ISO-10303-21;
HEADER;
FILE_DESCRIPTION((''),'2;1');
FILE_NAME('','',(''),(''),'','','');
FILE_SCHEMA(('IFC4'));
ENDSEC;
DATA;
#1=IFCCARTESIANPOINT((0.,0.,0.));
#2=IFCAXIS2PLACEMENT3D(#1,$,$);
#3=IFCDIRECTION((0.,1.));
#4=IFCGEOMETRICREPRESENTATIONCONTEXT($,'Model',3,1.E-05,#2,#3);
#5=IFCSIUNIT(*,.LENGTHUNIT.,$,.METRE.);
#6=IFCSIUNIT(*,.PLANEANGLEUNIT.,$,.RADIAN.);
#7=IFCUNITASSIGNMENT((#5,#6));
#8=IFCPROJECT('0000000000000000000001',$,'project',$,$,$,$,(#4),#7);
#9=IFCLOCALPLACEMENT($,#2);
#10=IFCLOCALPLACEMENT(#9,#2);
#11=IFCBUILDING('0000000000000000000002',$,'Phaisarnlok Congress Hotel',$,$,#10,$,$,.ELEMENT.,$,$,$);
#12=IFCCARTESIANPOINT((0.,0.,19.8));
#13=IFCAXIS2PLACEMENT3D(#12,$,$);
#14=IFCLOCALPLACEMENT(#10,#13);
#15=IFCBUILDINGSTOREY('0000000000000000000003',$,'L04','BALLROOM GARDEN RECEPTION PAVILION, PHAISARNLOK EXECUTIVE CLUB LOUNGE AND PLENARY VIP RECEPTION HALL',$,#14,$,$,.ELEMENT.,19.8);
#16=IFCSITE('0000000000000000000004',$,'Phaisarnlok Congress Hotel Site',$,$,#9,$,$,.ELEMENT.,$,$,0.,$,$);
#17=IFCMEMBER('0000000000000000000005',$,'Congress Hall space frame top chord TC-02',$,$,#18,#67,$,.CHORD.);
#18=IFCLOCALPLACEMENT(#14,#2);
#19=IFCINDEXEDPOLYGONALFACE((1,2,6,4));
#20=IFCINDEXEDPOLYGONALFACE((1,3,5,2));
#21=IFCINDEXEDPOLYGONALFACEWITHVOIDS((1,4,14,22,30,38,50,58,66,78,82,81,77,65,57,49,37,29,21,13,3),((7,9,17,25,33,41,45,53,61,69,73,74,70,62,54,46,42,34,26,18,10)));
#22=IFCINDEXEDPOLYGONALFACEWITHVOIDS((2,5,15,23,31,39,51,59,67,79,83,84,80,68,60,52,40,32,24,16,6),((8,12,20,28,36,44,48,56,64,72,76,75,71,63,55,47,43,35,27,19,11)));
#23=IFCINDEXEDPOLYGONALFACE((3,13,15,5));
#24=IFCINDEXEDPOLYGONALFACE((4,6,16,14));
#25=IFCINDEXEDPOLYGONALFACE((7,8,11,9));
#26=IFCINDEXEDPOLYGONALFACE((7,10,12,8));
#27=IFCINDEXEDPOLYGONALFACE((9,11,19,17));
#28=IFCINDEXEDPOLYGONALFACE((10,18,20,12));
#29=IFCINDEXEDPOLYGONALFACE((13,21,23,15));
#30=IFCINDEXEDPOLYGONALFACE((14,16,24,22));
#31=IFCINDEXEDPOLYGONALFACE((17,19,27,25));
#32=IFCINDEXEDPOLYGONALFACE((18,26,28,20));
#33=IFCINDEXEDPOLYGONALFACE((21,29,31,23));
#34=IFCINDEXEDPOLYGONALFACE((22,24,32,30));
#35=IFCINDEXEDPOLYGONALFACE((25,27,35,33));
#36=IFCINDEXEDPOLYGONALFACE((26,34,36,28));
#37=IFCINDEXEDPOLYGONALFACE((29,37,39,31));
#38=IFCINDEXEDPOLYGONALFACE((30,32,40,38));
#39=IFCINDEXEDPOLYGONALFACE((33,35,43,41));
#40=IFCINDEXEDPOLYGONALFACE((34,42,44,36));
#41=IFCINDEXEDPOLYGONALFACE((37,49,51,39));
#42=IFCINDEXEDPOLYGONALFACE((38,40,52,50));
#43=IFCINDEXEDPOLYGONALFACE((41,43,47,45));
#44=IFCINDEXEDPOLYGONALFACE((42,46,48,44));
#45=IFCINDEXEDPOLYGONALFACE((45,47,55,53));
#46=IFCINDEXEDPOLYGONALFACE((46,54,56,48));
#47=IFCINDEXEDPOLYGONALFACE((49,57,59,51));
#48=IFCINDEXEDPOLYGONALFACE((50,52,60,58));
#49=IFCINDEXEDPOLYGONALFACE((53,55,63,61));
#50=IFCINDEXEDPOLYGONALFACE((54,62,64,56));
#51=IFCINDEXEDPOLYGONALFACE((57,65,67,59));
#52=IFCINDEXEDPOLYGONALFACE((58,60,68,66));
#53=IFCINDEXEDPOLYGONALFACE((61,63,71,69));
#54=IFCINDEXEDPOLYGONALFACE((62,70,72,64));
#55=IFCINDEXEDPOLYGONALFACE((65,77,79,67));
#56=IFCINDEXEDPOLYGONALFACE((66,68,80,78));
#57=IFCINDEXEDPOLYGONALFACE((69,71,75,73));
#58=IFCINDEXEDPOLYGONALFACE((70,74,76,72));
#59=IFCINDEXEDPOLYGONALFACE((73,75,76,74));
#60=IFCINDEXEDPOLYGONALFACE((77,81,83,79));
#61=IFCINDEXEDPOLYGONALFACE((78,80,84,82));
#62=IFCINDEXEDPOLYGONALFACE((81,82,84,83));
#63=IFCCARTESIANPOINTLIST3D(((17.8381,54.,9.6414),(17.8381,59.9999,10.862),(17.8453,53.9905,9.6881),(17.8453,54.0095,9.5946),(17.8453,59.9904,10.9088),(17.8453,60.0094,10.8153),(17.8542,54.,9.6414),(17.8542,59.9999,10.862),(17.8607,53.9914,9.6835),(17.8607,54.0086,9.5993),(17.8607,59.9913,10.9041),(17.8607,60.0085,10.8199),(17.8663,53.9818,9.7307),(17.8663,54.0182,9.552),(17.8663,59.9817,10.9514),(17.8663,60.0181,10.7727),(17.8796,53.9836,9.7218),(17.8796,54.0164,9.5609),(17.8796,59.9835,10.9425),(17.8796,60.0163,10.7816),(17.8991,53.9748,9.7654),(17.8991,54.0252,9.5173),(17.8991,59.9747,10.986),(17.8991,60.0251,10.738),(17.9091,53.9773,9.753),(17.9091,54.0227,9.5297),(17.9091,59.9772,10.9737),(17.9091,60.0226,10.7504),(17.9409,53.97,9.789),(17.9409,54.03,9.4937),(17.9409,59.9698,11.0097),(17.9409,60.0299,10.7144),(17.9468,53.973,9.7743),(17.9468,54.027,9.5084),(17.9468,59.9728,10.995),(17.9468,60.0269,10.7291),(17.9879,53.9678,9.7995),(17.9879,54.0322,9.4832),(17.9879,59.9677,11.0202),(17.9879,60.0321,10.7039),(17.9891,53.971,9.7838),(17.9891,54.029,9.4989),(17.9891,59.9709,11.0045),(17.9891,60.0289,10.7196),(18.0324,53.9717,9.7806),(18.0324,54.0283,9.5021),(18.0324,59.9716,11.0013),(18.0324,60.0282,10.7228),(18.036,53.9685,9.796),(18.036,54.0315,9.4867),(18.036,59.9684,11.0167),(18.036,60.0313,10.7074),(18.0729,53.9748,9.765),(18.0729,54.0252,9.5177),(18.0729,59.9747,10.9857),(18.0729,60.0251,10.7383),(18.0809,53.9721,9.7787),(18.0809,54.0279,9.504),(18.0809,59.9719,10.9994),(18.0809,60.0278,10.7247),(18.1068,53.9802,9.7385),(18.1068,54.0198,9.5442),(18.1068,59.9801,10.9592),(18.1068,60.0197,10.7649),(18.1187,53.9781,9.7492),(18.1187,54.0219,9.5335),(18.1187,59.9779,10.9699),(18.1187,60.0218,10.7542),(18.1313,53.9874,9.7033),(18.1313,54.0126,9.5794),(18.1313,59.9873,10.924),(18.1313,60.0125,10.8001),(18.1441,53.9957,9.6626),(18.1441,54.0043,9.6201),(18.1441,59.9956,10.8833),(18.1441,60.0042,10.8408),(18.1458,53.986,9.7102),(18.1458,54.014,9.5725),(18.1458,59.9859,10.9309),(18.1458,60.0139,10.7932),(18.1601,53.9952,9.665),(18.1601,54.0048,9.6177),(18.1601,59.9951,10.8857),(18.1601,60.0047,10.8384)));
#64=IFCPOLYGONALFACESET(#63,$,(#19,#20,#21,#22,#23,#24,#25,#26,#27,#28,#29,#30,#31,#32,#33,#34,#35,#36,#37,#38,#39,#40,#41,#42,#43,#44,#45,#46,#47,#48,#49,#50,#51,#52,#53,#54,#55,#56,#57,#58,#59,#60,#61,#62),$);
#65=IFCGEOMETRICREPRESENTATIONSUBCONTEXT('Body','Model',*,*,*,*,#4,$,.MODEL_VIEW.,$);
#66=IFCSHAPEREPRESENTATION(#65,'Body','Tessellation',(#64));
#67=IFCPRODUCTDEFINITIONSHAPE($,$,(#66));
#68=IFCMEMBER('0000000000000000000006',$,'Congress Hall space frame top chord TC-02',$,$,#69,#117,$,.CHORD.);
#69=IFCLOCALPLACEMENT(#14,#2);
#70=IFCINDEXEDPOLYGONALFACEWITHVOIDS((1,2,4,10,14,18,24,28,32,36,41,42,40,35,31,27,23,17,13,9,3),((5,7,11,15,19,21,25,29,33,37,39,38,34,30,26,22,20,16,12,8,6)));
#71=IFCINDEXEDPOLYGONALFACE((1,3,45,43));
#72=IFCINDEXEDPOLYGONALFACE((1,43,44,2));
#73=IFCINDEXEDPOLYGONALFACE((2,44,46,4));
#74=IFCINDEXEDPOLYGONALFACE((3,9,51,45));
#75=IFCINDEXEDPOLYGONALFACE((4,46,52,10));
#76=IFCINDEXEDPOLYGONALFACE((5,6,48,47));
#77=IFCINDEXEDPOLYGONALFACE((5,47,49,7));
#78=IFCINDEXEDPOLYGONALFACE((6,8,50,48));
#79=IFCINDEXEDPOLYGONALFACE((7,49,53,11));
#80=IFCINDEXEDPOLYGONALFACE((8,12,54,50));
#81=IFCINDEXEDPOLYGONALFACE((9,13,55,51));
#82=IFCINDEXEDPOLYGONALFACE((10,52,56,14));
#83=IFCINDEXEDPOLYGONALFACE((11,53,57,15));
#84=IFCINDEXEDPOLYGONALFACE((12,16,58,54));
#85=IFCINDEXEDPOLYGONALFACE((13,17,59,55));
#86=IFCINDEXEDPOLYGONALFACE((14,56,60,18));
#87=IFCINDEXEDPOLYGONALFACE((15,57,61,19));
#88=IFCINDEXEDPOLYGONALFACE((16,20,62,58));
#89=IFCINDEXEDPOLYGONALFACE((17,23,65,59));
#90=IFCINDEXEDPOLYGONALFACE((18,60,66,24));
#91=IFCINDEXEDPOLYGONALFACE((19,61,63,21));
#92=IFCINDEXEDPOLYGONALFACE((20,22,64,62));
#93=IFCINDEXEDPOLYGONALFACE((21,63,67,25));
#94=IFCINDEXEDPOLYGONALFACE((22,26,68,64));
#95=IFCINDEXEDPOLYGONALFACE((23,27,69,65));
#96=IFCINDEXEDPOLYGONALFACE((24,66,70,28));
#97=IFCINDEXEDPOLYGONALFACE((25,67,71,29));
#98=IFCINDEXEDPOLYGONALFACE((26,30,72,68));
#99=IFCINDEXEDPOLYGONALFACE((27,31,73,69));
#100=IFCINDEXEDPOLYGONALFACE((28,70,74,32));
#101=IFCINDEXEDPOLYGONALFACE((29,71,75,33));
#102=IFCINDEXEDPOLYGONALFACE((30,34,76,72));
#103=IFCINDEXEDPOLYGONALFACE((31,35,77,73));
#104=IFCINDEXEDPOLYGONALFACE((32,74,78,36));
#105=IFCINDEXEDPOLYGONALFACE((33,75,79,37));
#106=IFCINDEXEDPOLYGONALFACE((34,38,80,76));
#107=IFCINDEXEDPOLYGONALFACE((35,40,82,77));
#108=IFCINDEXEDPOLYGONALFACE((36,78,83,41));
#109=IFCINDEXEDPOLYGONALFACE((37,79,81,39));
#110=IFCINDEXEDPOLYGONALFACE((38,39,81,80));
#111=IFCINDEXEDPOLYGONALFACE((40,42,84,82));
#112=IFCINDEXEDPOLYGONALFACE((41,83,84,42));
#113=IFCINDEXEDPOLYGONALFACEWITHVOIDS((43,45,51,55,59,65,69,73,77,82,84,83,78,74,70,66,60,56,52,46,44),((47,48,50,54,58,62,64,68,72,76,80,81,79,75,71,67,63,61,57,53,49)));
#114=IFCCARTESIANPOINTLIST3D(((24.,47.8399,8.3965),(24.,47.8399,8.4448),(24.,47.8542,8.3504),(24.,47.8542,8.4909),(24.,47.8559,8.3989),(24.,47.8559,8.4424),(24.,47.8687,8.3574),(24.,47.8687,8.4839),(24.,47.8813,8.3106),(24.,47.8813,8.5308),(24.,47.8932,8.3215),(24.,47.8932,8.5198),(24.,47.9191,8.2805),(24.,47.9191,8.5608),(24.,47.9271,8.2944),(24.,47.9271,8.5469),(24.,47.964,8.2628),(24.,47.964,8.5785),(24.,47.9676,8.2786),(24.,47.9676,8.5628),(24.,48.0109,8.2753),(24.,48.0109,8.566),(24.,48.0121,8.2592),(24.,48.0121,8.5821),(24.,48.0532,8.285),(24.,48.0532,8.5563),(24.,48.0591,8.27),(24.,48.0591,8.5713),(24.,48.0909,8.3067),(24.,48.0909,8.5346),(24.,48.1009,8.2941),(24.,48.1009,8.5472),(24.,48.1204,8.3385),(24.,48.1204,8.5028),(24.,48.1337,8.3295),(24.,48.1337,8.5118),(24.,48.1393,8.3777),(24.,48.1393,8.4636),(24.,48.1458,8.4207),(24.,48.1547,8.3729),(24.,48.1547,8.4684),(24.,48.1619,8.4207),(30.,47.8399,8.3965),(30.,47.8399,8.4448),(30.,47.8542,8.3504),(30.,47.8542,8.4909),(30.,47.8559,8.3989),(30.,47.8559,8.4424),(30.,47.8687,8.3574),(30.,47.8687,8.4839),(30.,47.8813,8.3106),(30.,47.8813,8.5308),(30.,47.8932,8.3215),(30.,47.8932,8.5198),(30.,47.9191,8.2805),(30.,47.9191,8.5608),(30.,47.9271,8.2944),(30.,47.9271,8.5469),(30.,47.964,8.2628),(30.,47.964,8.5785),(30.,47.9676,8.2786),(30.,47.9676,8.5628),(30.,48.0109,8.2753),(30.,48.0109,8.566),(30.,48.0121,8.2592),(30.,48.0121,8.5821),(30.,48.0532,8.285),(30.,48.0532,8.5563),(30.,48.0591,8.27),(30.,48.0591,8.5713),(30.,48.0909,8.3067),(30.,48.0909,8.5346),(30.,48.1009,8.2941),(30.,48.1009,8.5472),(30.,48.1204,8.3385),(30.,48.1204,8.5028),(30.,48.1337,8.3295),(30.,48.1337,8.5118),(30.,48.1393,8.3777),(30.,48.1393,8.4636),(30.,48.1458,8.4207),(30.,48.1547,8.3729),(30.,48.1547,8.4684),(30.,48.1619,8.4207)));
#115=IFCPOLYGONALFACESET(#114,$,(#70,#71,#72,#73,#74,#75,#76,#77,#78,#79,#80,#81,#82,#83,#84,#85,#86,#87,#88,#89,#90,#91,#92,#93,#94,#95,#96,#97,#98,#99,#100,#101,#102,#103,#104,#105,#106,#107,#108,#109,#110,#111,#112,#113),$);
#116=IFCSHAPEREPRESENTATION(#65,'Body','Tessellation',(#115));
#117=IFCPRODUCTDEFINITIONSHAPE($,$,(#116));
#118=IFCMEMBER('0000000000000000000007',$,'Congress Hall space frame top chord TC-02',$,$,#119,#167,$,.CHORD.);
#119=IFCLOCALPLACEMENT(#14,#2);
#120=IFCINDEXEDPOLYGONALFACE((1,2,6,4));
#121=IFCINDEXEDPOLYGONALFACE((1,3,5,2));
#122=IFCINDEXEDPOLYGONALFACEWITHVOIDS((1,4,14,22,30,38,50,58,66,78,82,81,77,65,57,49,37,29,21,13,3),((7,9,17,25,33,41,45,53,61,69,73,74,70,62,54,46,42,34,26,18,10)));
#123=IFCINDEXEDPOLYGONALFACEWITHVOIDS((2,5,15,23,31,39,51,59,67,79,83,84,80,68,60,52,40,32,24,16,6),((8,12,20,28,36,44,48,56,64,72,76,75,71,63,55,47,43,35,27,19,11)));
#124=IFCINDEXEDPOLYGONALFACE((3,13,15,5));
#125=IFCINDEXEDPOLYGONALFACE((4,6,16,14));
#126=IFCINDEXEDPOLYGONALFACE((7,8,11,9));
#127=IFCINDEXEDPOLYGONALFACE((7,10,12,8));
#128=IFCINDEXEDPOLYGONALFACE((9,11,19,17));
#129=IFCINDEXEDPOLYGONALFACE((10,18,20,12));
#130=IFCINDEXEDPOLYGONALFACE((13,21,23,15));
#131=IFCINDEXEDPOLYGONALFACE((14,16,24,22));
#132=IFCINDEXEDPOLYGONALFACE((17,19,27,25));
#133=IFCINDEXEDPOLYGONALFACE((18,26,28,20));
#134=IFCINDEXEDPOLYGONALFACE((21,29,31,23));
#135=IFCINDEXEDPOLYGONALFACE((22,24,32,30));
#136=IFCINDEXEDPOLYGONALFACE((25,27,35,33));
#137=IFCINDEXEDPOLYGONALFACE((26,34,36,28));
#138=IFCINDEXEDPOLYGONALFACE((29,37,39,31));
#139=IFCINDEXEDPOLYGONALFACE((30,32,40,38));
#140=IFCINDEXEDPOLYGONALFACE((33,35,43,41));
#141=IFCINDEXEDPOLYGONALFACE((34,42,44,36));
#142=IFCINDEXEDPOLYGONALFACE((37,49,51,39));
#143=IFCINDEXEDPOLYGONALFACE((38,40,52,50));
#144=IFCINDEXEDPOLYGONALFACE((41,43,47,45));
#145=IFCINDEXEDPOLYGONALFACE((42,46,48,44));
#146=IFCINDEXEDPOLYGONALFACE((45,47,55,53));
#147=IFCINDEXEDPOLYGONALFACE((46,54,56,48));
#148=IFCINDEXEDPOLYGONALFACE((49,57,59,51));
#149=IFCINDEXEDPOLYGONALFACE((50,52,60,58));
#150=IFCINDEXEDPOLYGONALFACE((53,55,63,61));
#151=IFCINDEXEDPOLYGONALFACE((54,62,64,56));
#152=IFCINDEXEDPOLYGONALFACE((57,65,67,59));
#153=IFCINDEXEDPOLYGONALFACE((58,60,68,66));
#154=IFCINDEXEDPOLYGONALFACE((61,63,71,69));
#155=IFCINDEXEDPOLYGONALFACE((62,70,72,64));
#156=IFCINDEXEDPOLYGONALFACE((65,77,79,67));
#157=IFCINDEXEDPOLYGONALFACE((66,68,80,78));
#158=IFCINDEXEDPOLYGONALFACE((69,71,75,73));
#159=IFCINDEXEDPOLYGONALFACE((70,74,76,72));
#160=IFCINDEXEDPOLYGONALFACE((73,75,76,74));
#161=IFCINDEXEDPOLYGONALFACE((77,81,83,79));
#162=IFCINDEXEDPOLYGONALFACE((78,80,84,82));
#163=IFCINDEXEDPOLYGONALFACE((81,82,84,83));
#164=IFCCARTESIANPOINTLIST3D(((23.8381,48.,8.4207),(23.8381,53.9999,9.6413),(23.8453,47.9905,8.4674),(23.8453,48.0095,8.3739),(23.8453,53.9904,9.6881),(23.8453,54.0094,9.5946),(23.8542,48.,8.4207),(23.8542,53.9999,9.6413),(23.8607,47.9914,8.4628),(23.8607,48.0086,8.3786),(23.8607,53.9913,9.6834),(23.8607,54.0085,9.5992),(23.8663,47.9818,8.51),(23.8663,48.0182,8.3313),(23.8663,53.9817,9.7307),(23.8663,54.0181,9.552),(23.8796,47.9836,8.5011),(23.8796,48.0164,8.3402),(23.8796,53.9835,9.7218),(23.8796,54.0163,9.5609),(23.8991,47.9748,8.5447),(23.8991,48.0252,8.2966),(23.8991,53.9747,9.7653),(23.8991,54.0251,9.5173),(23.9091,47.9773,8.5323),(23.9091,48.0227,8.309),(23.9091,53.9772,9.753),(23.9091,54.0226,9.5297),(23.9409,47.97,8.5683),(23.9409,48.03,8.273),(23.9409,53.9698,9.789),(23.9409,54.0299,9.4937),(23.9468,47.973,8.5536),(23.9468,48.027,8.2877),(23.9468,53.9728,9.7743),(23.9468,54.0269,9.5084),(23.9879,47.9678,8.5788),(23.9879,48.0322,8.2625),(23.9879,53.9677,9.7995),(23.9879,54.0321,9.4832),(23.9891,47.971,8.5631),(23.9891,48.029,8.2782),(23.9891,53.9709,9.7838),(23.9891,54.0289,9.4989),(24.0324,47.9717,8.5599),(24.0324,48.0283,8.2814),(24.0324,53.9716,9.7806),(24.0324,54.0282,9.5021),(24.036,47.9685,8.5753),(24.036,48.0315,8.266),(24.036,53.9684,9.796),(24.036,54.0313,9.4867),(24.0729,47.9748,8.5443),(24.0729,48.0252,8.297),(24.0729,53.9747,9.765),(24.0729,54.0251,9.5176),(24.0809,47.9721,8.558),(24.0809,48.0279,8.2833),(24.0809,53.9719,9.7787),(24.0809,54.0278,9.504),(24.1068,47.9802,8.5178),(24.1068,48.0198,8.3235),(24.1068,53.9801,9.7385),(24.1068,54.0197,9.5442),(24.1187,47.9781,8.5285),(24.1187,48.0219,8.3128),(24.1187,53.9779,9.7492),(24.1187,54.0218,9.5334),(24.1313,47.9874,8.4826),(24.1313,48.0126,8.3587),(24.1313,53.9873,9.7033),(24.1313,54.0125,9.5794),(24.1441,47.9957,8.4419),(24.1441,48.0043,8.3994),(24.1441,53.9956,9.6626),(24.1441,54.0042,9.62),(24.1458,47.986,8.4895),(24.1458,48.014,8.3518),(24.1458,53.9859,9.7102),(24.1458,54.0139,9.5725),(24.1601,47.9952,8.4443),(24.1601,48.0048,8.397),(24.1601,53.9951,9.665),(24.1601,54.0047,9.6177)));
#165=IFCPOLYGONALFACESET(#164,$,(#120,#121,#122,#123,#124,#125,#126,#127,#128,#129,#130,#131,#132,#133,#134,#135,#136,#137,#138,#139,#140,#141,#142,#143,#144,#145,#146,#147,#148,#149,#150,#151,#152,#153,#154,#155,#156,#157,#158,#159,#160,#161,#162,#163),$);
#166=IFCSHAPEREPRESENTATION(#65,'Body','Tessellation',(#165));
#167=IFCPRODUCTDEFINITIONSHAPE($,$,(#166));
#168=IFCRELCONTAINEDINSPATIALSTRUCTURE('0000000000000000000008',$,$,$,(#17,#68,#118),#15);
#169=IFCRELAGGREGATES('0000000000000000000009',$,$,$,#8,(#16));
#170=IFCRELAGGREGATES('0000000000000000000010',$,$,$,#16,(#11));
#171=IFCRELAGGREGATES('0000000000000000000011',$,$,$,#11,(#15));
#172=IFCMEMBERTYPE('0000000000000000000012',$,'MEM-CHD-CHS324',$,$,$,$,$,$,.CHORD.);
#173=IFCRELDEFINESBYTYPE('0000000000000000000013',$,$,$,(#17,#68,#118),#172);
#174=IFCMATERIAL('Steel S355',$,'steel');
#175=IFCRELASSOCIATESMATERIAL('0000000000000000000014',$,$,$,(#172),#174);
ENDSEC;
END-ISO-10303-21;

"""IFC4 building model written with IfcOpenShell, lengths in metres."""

from ifc_helpers import new_model, si_unit, direction, frame, origin, origin_2d, place, context, subcontext, project, spatial, hollow_circle, extrude, material, material_profile, profile_set, type_object, element, save


model = new_model("IFC4")

# Units and contexts
model_context = context("Model", 3, precision=1e-05, world=origin(), true_north=direction((0.0, 1.0)))
body_context = subcontext(model_context, "Body", "Model", "MODEL_VIEW")
ifc_project = project(units=[si_unit("LENGTHUNIT", "METRE"), si_unit("PLANEANGLEUNIT", "RADIAN")], contexts=[model_context])

# Site, building, storey
site_placement = place(None, origin())
site = spatial("IfcSite", under=ifc_project, at=site_placement, Name="Phaisarnlok Congress Hotel Site", CompositionType="ELEMENT", RefElevation=0.0)
building_placement = place(site_placement, origin())
building = spatial("IfcBuilding", under=site, at=building_placement, Name="Phaisarnlok Congress Hotel", CompositionType="ELEMENT")
storey_placement = place(building_placement, frame((0.0, 0.0, 19.8)))
storey = spatial("IfcBuildingStorey", under=building, at=storey_placement, Name="L04", Description="BALLROOM GARDEN RECEPTION PAVILION, PHAISARNLOK EXECUTIVE CLUB LOUNGE AND PLENARY VIP RECEPTION HALL", CompositionType="ELEMENT", Elevation=19.8)

# Members
ifc_material = material(Name="Steel S355", Category="steel")
ifc_material_profile_1 = material_profile(ifc_material, hollow_circle(Radius=0.1619, WallThickness=0.0161, at=origin_2d()), Name="CHS 323.9x16")
ifc_profile_set_1 = profile_set([ifc_material_profile_1], Name="Steel S355")
member_type_1 = type_object("IfcMemberType", Name="MEM-CHD-CHS324", PredefinedType="CHORD", material=ifc_profile_set_1)
member_1_placement = place(storey_placement, frame((18.0, 54.0, 9.6414), z_axis=(0.0, 0.979925, 0.199366), x_axis=(-1.0, 0.0, 0.0)))
element("IfcMember", 1, at=member_1_placement, inside=storey, type_object=member_type_1, Name="Congress Hall space frame top chord TC-02", PredefinedType="CHORD", context=body_context, shape_type="SweptSolid", body=[
    extrude(hollow_circle(Radius=0.1619, WallThickness=0.0161, at=origin_2d()), origin(), (0.0, 0.0, 1.0), 6.1228),
])
member_2_placement = place(storey_placement, frame((24.0, 48.0, 8.4207), z_axis=(1.0, 0.0, 0.0), x_axis=(0.0, 1.0, 0.0)))
element("IfcMember", 2, at=member_2_placement, inside=storey, type_object=member_type_1, Name="Congress Hall space frame top chord TC-02", PredefinedType="CHORD", context=body_context, shape_type="SweptSolid", body=[
    extrude(hollow_circle(Radius=0.1619, WallThickness=0.0161, at=origin_2d()), origin(), (0.0, 0.0, 1.0), 6.0),
])
member_3_placement = place(storey_placement, frame((24.0, 48.0, 8.4207), z_axis=(0.0, 0.979925, 0.199366), x_axis=(-1.0, 0.0, 0.0)))
element("IfcMember", 3, at=member_3_placement, inside=storey, type_object=member_type_1, Name="Congress Hall space frame top chord TC-02", PredefinedType="CHORD", context=body_context, shape_type="SweptSolid", body=[
    extrude(hollow_circle(Radius=0.1619, WallThickness=0.0161, at=origin_2d()), origin(), (0.0, 0.0, 1.0), 6.1228),
])

save(model, "model.ifc")
